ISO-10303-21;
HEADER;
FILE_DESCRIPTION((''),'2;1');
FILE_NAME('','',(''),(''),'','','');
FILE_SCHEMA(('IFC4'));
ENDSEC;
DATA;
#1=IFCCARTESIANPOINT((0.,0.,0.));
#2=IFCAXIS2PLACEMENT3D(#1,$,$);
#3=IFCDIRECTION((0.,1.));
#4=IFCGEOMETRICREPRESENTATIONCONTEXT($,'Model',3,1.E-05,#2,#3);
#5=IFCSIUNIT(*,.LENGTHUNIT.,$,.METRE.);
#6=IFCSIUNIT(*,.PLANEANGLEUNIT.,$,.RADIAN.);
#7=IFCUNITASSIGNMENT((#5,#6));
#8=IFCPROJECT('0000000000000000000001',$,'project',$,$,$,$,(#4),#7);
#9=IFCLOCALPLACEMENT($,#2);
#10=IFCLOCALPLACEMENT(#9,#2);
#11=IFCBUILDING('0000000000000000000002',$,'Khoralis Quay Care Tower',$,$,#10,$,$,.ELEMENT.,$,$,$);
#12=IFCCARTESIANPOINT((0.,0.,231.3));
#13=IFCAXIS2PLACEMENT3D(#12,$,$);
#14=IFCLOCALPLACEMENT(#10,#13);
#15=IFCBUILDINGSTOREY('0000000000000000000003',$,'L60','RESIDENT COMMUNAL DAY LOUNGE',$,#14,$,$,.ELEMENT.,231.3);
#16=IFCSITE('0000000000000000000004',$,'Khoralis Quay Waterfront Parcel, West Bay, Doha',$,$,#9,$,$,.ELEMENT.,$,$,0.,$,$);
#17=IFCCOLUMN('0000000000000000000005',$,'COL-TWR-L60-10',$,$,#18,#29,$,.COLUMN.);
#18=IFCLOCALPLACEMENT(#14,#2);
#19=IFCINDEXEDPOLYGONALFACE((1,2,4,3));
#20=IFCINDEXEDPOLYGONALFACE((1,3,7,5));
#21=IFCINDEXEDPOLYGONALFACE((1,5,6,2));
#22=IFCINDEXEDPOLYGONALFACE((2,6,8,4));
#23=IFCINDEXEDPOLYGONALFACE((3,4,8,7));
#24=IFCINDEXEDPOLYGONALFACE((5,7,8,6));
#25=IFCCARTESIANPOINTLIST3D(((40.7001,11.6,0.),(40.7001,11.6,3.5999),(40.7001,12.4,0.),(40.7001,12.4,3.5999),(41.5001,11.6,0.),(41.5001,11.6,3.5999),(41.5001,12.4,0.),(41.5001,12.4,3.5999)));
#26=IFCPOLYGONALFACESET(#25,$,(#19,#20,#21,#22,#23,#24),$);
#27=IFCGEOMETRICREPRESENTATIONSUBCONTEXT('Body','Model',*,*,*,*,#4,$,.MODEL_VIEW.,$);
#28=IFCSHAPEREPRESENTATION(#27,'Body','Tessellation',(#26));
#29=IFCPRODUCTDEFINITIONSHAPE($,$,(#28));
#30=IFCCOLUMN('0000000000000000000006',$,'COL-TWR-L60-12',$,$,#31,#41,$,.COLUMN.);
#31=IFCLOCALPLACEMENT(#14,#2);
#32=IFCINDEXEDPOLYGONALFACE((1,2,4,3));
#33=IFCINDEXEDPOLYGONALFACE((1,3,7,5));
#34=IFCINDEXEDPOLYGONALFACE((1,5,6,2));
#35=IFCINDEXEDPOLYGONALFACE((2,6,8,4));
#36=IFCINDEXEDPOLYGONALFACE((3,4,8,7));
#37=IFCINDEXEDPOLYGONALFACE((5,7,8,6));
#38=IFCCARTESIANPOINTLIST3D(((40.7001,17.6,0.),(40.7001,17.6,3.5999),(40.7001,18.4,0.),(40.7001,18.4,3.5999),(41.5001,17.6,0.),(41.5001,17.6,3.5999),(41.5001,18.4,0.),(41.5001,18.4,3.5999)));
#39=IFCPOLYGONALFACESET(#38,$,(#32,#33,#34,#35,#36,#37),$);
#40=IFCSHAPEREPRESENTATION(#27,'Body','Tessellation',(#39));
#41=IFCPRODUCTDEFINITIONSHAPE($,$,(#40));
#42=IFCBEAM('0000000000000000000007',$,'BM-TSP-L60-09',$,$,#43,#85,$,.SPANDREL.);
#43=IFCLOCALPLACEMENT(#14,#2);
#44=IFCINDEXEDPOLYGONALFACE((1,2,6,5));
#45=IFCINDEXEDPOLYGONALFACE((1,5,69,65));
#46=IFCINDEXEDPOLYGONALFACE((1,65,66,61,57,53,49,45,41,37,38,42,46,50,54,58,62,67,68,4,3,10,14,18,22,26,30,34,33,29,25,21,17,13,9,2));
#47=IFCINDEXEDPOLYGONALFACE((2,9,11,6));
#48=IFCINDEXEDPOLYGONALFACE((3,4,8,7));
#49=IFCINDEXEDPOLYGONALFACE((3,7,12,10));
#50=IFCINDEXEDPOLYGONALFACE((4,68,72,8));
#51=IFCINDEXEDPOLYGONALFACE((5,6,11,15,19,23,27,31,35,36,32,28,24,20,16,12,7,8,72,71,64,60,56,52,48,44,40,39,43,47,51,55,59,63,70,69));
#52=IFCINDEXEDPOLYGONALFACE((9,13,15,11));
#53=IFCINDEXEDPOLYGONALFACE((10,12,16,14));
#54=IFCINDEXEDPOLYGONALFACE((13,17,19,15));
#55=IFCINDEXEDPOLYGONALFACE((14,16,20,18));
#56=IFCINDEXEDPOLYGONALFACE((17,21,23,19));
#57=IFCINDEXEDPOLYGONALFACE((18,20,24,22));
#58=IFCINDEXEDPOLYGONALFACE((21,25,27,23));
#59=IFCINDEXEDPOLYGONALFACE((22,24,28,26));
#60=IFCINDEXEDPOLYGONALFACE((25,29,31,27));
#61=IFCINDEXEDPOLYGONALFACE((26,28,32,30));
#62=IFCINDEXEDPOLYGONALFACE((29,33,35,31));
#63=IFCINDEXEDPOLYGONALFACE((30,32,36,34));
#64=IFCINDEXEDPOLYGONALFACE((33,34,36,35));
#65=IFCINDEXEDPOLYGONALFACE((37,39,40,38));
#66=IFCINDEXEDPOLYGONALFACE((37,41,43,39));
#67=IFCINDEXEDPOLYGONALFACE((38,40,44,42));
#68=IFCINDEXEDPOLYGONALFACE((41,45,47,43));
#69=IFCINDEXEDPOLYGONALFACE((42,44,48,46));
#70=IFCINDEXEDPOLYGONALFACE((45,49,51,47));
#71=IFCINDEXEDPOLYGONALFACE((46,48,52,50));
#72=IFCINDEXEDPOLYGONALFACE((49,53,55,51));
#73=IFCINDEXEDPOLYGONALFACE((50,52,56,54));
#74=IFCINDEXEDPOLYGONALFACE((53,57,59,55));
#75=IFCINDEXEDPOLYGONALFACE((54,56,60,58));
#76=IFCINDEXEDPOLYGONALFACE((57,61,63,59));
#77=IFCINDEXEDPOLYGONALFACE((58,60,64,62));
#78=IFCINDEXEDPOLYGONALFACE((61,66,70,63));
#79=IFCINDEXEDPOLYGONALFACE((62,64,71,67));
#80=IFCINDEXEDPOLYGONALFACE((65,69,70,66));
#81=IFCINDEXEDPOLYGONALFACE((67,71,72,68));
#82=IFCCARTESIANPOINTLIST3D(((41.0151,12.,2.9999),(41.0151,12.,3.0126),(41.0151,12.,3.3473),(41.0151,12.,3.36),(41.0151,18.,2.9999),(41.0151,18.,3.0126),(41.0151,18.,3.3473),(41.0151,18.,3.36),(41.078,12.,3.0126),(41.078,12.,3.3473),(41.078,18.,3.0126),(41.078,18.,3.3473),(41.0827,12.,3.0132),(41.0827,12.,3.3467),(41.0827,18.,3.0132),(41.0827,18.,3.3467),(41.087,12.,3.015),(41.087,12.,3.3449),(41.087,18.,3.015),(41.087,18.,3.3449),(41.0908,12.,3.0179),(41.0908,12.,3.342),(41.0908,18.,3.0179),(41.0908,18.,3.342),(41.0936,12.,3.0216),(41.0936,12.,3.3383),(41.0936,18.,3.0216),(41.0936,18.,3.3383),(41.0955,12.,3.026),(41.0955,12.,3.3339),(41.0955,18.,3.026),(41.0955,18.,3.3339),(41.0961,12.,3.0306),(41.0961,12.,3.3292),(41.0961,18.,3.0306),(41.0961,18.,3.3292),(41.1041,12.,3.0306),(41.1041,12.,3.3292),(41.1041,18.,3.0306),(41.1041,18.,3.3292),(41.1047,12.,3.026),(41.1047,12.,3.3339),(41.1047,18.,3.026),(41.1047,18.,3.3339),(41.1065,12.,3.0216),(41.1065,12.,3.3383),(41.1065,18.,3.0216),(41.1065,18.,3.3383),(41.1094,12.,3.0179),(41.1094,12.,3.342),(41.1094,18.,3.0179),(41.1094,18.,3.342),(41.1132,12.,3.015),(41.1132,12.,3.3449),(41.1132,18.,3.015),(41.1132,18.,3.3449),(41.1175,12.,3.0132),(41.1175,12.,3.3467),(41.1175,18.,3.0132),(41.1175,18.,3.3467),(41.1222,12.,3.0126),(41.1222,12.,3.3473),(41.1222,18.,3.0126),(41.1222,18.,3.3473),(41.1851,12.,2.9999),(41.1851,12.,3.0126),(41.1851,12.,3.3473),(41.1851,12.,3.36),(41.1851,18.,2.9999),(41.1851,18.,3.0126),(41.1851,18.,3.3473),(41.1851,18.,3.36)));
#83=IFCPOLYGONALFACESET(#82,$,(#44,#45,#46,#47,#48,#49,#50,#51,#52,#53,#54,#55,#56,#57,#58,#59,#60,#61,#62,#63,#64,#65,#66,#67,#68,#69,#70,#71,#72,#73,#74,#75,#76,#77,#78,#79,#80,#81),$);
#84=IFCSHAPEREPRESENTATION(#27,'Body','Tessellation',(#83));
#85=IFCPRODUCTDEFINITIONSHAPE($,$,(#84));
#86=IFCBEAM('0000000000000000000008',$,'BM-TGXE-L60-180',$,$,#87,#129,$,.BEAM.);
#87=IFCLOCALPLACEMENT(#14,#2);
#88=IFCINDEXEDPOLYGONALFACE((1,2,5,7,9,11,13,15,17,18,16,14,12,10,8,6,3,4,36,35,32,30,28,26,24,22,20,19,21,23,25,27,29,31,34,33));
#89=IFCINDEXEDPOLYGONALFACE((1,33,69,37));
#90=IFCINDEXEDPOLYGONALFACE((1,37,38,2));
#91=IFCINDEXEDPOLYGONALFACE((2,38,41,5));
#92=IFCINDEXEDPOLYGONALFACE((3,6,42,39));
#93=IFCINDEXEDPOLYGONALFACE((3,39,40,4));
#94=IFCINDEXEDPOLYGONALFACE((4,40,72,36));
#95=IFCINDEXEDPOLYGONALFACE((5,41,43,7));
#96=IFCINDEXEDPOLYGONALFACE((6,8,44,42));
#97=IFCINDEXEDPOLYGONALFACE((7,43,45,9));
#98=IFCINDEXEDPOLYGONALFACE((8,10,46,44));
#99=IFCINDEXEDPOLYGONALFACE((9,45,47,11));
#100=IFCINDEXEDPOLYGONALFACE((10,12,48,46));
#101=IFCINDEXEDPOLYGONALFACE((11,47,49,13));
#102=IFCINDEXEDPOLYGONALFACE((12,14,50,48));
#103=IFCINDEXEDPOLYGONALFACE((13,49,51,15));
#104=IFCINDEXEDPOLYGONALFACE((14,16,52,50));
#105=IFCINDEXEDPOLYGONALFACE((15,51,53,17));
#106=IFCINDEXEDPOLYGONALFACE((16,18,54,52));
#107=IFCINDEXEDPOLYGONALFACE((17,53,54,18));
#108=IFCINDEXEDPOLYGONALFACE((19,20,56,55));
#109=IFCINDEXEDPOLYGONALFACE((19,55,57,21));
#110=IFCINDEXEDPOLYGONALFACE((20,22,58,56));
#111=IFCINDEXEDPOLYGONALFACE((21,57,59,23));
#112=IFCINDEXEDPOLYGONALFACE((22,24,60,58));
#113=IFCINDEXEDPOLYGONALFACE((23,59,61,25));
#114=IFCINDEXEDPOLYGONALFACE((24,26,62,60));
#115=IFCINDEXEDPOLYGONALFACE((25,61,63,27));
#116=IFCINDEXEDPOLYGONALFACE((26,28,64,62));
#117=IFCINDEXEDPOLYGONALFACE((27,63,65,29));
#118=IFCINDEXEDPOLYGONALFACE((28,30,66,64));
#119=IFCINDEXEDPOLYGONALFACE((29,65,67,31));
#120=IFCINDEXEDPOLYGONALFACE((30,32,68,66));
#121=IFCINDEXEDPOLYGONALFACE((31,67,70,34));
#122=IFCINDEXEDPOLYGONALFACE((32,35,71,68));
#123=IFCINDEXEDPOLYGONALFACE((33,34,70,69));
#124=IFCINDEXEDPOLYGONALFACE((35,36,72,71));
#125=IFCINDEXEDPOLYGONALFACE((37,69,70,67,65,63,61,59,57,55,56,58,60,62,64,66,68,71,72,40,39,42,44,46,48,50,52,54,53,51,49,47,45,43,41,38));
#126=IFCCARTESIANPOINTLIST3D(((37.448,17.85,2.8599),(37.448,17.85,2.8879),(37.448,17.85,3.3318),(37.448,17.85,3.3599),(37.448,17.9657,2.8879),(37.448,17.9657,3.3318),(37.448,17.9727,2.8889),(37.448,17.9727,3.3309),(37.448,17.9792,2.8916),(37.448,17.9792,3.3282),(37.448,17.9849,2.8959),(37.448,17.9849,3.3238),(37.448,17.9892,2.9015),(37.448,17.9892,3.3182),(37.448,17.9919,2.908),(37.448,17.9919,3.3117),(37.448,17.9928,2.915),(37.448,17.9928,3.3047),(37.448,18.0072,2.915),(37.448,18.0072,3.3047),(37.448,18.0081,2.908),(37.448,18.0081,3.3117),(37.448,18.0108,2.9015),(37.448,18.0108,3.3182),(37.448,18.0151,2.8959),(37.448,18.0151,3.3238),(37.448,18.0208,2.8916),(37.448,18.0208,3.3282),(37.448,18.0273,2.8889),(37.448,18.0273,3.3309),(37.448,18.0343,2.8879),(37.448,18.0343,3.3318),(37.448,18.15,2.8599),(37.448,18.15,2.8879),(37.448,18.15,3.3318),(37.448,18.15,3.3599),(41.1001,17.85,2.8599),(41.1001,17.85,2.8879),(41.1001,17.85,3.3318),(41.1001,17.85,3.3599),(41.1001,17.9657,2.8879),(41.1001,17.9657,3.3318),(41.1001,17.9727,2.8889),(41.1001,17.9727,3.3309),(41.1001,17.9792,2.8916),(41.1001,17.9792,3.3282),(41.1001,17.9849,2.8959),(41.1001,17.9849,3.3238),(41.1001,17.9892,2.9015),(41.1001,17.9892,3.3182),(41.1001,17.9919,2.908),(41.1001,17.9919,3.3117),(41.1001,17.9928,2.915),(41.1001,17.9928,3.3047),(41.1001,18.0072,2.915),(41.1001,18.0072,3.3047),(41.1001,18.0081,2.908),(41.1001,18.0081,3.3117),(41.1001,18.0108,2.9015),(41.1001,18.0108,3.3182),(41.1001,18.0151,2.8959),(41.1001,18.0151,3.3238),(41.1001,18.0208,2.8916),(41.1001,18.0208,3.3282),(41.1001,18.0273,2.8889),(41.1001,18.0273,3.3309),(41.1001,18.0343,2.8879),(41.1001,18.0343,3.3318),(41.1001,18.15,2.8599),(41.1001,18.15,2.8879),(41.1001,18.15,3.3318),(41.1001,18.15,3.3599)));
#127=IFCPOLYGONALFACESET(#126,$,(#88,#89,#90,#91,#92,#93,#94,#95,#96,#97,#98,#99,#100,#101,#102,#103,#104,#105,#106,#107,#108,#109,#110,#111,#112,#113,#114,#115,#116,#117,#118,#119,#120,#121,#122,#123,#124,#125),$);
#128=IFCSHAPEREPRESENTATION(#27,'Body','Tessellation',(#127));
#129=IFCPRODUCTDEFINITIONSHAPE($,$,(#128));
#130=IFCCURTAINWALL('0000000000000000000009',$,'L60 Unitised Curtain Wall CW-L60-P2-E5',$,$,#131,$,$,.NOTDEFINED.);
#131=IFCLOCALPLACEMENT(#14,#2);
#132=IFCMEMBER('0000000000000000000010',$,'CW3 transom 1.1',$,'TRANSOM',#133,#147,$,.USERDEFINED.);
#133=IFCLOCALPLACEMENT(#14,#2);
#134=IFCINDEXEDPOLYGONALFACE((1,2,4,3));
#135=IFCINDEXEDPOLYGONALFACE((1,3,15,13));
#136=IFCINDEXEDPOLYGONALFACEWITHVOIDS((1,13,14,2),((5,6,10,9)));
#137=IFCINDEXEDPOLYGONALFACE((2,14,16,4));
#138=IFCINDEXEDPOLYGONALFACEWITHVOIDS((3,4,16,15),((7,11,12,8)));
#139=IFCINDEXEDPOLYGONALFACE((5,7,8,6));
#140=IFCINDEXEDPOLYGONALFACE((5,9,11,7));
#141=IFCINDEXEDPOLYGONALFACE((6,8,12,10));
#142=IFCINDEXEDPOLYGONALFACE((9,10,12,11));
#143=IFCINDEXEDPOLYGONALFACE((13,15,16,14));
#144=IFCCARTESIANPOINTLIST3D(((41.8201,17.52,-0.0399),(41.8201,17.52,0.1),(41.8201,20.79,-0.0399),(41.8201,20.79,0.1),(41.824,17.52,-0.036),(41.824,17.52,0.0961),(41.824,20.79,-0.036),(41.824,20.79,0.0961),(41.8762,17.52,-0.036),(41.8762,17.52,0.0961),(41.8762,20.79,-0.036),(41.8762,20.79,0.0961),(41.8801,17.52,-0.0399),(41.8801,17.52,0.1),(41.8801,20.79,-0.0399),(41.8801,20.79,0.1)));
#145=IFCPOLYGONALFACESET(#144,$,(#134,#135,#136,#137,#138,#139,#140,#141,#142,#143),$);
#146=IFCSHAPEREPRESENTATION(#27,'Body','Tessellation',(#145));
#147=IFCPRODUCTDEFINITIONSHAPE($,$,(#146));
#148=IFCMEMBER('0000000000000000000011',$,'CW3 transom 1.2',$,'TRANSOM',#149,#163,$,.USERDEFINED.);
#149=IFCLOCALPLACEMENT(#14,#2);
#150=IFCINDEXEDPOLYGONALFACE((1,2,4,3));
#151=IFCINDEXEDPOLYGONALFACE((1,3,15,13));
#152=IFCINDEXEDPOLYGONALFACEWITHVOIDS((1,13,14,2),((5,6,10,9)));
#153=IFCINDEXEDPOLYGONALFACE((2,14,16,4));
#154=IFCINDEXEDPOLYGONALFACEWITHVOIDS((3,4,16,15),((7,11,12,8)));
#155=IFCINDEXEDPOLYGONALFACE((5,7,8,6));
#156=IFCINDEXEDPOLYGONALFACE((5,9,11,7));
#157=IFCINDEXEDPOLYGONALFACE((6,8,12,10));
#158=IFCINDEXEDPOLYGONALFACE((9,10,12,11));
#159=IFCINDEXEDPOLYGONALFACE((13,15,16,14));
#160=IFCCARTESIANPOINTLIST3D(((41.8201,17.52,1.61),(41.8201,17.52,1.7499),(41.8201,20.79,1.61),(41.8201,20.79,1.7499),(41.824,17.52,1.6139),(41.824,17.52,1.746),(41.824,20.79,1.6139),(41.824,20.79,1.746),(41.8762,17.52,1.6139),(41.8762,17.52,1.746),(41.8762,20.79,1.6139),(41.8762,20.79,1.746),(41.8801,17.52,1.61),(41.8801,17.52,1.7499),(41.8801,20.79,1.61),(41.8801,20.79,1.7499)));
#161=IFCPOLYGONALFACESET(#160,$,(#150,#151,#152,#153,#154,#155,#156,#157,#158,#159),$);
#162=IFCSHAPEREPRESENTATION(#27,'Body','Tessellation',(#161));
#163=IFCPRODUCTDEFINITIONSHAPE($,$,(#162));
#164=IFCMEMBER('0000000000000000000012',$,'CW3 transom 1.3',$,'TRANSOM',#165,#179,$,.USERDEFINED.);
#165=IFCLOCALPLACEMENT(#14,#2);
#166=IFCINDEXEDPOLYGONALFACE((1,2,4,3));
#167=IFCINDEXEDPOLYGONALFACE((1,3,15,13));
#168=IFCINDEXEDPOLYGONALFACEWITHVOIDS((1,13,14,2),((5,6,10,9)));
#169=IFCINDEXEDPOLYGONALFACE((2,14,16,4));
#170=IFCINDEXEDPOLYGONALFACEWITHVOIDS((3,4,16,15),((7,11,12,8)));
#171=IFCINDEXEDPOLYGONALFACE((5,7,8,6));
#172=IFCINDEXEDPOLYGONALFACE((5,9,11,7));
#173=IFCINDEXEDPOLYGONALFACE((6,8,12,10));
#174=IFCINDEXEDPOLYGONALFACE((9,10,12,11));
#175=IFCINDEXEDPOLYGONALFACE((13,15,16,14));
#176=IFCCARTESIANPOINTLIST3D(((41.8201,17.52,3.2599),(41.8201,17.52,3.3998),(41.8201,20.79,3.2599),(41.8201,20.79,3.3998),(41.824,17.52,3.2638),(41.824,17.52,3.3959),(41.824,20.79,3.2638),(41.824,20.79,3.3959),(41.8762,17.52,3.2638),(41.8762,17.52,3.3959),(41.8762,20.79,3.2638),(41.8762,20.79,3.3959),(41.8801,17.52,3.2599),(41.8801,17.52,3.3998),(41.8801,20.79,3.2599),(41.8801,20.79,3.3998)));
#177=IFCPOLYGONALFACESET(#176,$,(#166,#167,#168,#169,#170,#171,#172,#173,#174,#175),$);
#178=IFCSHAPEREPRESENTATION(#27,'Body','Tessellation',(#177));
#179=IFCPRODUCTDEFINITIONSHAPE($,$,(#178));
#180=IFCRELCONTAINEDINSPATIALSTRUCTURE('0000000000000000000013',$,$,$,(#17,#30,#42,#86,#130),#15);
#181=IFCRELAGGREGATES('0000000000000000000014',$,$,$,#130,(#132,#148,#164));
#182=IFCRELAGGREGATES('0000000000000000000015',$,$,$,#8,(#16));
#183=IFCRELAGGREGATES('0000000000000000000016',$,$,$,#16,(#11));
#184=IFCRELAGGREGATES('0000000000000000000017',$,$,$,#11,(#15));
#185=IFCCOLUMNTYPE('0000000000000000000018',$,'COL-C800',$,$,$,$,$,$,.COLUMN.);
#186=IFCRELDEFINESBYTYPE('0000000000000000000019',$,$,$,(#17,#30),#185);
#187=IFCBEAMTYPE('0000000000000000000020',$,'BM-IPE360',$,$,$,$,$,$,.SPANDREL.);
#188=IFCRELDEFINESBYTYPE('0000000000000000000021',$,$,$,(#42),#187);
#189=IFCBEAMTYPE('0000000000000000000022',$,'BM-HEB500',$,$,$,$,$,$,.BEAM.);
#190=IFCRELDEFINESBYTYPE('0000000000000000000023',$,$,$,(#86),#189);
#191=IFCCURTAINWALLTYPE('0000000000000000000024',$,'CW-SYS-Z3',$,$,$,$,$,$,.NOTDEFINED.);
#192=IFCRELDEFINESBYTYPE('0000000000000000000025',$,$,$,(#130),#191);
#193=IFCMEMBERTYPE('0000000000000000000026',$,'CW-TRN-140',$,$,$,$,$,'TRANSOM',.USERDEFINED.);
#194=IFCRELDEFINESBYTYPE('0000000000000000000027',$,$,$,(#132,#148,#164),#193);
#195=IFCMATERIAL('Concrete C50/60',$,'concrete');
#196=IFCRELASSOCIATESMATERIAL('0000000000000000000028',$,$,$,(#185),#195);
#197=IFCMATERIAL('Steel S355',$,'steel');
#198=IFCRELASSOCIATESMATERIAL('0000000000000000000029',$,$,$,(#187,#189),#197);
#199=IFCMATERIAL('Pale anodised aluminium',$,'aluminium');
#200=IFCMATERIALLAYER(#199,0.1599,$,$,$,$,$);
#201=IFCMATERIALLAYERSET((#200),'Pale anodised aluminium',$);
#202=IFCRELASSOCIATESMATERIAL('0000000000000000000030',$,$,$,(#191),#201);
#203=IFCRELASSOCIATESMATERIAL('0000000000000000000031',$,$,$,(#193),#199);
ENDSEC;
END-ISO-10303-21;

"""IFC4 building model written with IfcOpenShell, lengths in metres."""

from ifc_helpers import new_model, si_unit, direction, frame, origin, origin_2d, place, context, subcontext, project, spatial, rectangle, hollow_rectangle, i_section, extrude, source, transform, mapped, material, layer, layer_set, material_profile, profile_set, type_object, element, aggregate, save


model = new_model("IFC4")

# Units and contexts
model_context = context("Model", 3, precision=1e-05, world=origin(), true_north=direction((0.0, 1.0)))
body_context = subcontext(model_context, "Body", "Model", "MODEL_VIEW")
ifc_project = project(units=[si_unit("LENGTHUNIT", "METRE"), si_unit("PLANEANGLEUNIT", "RADIAN")], contexts=[model_context])

# Site, building, storey
site_placement = place(None, origin())
site = spatial("IfcSite", under=ifc_project, at=site_placement, Name="Khoralis Quay Waterfront Parcel, West Bay, Doha", CompositionType="ELEMENT", RefElevation=0.0)
building_placement = place(site_placement, origin())
building = spatial("IfcBuilding", under=site, at=building_placement, Name="Khoralis Quay Care Tower", CompositionType="ELEMENT")
storey_placement = place(building_placement, frame((0.0, 0.0, 231.3)))
storey = spatial("IfcBuildingStorey", under=building, at=storey_placement, Name="L60", Description="RESIDENT COMMUNAL DAY LOUNGE", CompositionType="ELEMENT", Elevation=231.3)

# Columns
ifc_material_1 = material(Name="Concrete C50/60", Category="concrete")
ifc_material_profile_1 = material_profile(ifc_material_1, rectangle(XDim=0.8, YDim=0.8, at=origin_2d()), Name="Concrete C50/60")
ifc_profile_set_1 = profile_set([ifc_material_profile_1], Name="Concrete C50/60")
column_type = type_object("IfcColumnType", Name="COL-C800", PredefinedType="COLUMN", material=ifc_profile_set_1)
shared_shape_1 = source(origin(), body_context, "Body", "SweptSolid", [
    extrude(rectangle(XDim=0.8, YDim=0.8, at=origin_2d()), origin(), (0.0, 0.0, 1.0), 3.5999),
])
for number, where, z_axis, x_axis, name in (
    (1, (41.1001, 12.0, 0.0), (0.0, 0.0, 1.0), (1.0, 0.0, 0.0), "COL-TWR-L60-10"),
    (2, (41.1001, 18.0, 0.0), (0.0, 0.0, 1.0), (1.0, 0.0, 0.0), "COL-TWR-L60-12"),
):
    element("IfcColumn", number, at=place(storey_placement, frame(where, z_axis=z_axis, x_axis=x_axis)), inside=storey, type_object=column_type, Name=name, PredefinedType="COLUMN", context=body_context, shape_type="MappedRepresentation", body=[
        mapped(shared_shape_1, transform((0.0, 0.0, 0.0), scale=1.0)),
    ])

# Beams
ifc_material_2 = material(Name="Steel S355", Category="steel")
ifc_material_profile_2 = material_profile(ifc_material_2, i_section(OverallWidth=0.1699, OverallDepth=0.3601, WebThickness=0.0081, FlangeThickness=0.0127, FilletRadius=0.0181, at=origin_2d()), Name="Steel S355")
ifc_profile_set_2 = profile_set([ifc_material_profile_2], Name="Steel S355")
beam_type_1 = type_object("IfcBeamType", Name="BM-IPE360", PredefinedType="SPANDREL", material=ifc_profile_set_2)
shared_shape_2 = source(origin(), body_context, "Body", "SweptSolid", [
    extrude(i_section(OverallWidth=0.1699, OverallDepth=0.3601, WebThickness=0.0081, FlangeThickness=0.0127, FilletRadius=0.0181, at=origin_2d()), origin(), (0.0, 0.0, 1.0), 6.0),
])
beam_1_placement = place(storey_placement, frame((41.1001, 12.0, 3.1799), z_axis=(0.0, 1.0, 0.0), x_axis=(-1.0, 0.0, 0.0)))
element("IfcBeam", 3, at=beam_1_placement, inside=storey, type_object=beam_type_1, Name="BM-TSP-L60-09", PredefinedType="SPANDREL", context=body_context, shape_type="MappedRepresentation", body=[
    mapped(shared_shape_2, transform((0.0, 0.0, 0.0), scale=1.0)),
])
ifc_material_profile_3 = material_profile(ifc_material_2, i_section(OverallWidth=0.3, OverallDepth=0.5, WebThickness=0.0144, FlangeThickness=0.0281, FilletRadius=0.0271, at=origin_2d()), Name="Steel S355")
ifc_profile_set_3 = profile_set([ifc_material_profile_3], Name="Steel S355")
beam_type_2 = type_object("IfcBeamType", Name="BM-HEB500", PredefinedType="BEAM", material=ifc_profile_set_3)
shared_shape_3 = source(origin(), body_context, "Body", "SweptSolid", [
    extrude(i_section(OverallWidth=0.3, OverallDepth=0.5, WebThickness=0.0144, FlangeThickness=0.0281, FilletRadius=0.0271, at=origin_2d()), origin(), (0.0, 0.0, 1.0), 3.6521),
])
beam_2_placement = place(storey_placement, frame((37.448, 18.0, 3.1099), z_axis=(1.0, 0.0, 0.0), x_axis=(0.0, 1.0, 0.0)))
element("IfcBeam", 4, at=beam_2_placement, inside=storey, type_object=beam_type_2, Name="BM-TGXE-L60-180", PredefinedType="BEAM", context=body_context, shape_type="MappedRepresentation", body=[
    mapped(shared_shape_3, transform((0.0, 0.0, 0.0), scale=1.0)),
])

# Curtain wall, members
ifc_material_3 = material(Name="Pale anodised aluminium", Category="aluminium")
ifc_layer_1 = layer(ifc_material_3, 0.1599)
ifc_layer_set_1 = layer_set([ifc_layer_1], Name="Pale anodised aluminium")
curtain_wall_type_1 = type_object("IfcCurtainWallType", Name="CW-SYS-Z3", PredefinedType="NOTDEFINED", material=ifc_layer_set_1)
curtain_wall_1_placement = place(storey_placement, origin())
curtain_wall_1 = element("IfcCurtainWall", 5, at=curtain_wall_1_placement, inside=storey, type_object=curtain_wall_type_1, Name="L60 Unitised Curtain Wall CW-L60-P2-E5", PredefinedType="NOTDEFINED")
ifc_material_profile_4 = material_profile(ifc_material_3, hollow_rectangle(XDim=0.0601, YDim=0.1399, WallThickness=0.0039, at=origin_2d()), Name="Pale anodised aluminium")
ifc_profile_set_4 = profile_set([ifc_material_profile_4], Name="Pale anodised aluminium")
member_type_1 = type_object("IfcMemberType", Name="CW-TRN-140", ElementType="TRANSOM", PredefinedType="USERDEFINED", material=ifc_profile_set_4)
shared_shape_4 = source(origin(), body_context, "Body", "SweptSolid", [
    extrude(hollow_rectangle(XDim=0.0601, YDim=0.1399, WallThickness=0.0039, at=origin_2d()), origin(), (0.0, 0.0, 1.0), 3.27),
])
member_1_placement = place(storey_placement, frame((41.8501, 17.52, 0.03), z_axis=(0.0, 1.0, 0.0), x_axis=(-1.0, 0.0, 0.0)))
member_1 = element("IfcMember", 6, at=member_1_placement, type_object=member_type_1, Name="CW3 transom 1.1", ObjectType="TRANSOM", PredefinedType="USERDEFINED", context=body_context, shape_type="MappedRepresentation", body=[
    mapped(shared_shape_4, transform((0.0, 0.0, 0.0), scale=1.0)),
])
member_2_placement = place(storey_placement, frame((41.8501, 17.52, 1.6799), z_axis=(0.0, 1.0, 0.0), x_axis=(-1.0, 0.0, 0.0)))
member_2 = element("IfcMember", 7, at=member_2_placement, type_object=member_type_1, Name="CW3 transom 1.2", ObjectType="TRANSOM", PredefinedType="USERDEFINED", context=body_context, shape_type="MappedRepresentation", body=[
    mapped(shared_shape_4, transform((0.0, 0.0, 0.0), scale=1.0)),
])
member_3_placement = place(storey_placement, frame((41.8501, 17.52, 3.3298), z_axis=(0.0, 1.0, 0.0), x_axis=(-1.0, 0.0, 0.0)))
member_3 = element("IfcMember", 8, at=member_3_placement, type_object=member_type_1, Name="CW3 transom 1.3", ObjectType="TRANSOM", PredefinedType="USERDEFINED", context=body_context, shape_type="MappedRepresentation", body=[
    mapped(shared_shape_4, transform((0.0, 0.0, 0.0), scale=1.0)),
])

aggregate(curtain_wall_1, [member_1, member_2, member_3])

save(model, "model.ifc")
